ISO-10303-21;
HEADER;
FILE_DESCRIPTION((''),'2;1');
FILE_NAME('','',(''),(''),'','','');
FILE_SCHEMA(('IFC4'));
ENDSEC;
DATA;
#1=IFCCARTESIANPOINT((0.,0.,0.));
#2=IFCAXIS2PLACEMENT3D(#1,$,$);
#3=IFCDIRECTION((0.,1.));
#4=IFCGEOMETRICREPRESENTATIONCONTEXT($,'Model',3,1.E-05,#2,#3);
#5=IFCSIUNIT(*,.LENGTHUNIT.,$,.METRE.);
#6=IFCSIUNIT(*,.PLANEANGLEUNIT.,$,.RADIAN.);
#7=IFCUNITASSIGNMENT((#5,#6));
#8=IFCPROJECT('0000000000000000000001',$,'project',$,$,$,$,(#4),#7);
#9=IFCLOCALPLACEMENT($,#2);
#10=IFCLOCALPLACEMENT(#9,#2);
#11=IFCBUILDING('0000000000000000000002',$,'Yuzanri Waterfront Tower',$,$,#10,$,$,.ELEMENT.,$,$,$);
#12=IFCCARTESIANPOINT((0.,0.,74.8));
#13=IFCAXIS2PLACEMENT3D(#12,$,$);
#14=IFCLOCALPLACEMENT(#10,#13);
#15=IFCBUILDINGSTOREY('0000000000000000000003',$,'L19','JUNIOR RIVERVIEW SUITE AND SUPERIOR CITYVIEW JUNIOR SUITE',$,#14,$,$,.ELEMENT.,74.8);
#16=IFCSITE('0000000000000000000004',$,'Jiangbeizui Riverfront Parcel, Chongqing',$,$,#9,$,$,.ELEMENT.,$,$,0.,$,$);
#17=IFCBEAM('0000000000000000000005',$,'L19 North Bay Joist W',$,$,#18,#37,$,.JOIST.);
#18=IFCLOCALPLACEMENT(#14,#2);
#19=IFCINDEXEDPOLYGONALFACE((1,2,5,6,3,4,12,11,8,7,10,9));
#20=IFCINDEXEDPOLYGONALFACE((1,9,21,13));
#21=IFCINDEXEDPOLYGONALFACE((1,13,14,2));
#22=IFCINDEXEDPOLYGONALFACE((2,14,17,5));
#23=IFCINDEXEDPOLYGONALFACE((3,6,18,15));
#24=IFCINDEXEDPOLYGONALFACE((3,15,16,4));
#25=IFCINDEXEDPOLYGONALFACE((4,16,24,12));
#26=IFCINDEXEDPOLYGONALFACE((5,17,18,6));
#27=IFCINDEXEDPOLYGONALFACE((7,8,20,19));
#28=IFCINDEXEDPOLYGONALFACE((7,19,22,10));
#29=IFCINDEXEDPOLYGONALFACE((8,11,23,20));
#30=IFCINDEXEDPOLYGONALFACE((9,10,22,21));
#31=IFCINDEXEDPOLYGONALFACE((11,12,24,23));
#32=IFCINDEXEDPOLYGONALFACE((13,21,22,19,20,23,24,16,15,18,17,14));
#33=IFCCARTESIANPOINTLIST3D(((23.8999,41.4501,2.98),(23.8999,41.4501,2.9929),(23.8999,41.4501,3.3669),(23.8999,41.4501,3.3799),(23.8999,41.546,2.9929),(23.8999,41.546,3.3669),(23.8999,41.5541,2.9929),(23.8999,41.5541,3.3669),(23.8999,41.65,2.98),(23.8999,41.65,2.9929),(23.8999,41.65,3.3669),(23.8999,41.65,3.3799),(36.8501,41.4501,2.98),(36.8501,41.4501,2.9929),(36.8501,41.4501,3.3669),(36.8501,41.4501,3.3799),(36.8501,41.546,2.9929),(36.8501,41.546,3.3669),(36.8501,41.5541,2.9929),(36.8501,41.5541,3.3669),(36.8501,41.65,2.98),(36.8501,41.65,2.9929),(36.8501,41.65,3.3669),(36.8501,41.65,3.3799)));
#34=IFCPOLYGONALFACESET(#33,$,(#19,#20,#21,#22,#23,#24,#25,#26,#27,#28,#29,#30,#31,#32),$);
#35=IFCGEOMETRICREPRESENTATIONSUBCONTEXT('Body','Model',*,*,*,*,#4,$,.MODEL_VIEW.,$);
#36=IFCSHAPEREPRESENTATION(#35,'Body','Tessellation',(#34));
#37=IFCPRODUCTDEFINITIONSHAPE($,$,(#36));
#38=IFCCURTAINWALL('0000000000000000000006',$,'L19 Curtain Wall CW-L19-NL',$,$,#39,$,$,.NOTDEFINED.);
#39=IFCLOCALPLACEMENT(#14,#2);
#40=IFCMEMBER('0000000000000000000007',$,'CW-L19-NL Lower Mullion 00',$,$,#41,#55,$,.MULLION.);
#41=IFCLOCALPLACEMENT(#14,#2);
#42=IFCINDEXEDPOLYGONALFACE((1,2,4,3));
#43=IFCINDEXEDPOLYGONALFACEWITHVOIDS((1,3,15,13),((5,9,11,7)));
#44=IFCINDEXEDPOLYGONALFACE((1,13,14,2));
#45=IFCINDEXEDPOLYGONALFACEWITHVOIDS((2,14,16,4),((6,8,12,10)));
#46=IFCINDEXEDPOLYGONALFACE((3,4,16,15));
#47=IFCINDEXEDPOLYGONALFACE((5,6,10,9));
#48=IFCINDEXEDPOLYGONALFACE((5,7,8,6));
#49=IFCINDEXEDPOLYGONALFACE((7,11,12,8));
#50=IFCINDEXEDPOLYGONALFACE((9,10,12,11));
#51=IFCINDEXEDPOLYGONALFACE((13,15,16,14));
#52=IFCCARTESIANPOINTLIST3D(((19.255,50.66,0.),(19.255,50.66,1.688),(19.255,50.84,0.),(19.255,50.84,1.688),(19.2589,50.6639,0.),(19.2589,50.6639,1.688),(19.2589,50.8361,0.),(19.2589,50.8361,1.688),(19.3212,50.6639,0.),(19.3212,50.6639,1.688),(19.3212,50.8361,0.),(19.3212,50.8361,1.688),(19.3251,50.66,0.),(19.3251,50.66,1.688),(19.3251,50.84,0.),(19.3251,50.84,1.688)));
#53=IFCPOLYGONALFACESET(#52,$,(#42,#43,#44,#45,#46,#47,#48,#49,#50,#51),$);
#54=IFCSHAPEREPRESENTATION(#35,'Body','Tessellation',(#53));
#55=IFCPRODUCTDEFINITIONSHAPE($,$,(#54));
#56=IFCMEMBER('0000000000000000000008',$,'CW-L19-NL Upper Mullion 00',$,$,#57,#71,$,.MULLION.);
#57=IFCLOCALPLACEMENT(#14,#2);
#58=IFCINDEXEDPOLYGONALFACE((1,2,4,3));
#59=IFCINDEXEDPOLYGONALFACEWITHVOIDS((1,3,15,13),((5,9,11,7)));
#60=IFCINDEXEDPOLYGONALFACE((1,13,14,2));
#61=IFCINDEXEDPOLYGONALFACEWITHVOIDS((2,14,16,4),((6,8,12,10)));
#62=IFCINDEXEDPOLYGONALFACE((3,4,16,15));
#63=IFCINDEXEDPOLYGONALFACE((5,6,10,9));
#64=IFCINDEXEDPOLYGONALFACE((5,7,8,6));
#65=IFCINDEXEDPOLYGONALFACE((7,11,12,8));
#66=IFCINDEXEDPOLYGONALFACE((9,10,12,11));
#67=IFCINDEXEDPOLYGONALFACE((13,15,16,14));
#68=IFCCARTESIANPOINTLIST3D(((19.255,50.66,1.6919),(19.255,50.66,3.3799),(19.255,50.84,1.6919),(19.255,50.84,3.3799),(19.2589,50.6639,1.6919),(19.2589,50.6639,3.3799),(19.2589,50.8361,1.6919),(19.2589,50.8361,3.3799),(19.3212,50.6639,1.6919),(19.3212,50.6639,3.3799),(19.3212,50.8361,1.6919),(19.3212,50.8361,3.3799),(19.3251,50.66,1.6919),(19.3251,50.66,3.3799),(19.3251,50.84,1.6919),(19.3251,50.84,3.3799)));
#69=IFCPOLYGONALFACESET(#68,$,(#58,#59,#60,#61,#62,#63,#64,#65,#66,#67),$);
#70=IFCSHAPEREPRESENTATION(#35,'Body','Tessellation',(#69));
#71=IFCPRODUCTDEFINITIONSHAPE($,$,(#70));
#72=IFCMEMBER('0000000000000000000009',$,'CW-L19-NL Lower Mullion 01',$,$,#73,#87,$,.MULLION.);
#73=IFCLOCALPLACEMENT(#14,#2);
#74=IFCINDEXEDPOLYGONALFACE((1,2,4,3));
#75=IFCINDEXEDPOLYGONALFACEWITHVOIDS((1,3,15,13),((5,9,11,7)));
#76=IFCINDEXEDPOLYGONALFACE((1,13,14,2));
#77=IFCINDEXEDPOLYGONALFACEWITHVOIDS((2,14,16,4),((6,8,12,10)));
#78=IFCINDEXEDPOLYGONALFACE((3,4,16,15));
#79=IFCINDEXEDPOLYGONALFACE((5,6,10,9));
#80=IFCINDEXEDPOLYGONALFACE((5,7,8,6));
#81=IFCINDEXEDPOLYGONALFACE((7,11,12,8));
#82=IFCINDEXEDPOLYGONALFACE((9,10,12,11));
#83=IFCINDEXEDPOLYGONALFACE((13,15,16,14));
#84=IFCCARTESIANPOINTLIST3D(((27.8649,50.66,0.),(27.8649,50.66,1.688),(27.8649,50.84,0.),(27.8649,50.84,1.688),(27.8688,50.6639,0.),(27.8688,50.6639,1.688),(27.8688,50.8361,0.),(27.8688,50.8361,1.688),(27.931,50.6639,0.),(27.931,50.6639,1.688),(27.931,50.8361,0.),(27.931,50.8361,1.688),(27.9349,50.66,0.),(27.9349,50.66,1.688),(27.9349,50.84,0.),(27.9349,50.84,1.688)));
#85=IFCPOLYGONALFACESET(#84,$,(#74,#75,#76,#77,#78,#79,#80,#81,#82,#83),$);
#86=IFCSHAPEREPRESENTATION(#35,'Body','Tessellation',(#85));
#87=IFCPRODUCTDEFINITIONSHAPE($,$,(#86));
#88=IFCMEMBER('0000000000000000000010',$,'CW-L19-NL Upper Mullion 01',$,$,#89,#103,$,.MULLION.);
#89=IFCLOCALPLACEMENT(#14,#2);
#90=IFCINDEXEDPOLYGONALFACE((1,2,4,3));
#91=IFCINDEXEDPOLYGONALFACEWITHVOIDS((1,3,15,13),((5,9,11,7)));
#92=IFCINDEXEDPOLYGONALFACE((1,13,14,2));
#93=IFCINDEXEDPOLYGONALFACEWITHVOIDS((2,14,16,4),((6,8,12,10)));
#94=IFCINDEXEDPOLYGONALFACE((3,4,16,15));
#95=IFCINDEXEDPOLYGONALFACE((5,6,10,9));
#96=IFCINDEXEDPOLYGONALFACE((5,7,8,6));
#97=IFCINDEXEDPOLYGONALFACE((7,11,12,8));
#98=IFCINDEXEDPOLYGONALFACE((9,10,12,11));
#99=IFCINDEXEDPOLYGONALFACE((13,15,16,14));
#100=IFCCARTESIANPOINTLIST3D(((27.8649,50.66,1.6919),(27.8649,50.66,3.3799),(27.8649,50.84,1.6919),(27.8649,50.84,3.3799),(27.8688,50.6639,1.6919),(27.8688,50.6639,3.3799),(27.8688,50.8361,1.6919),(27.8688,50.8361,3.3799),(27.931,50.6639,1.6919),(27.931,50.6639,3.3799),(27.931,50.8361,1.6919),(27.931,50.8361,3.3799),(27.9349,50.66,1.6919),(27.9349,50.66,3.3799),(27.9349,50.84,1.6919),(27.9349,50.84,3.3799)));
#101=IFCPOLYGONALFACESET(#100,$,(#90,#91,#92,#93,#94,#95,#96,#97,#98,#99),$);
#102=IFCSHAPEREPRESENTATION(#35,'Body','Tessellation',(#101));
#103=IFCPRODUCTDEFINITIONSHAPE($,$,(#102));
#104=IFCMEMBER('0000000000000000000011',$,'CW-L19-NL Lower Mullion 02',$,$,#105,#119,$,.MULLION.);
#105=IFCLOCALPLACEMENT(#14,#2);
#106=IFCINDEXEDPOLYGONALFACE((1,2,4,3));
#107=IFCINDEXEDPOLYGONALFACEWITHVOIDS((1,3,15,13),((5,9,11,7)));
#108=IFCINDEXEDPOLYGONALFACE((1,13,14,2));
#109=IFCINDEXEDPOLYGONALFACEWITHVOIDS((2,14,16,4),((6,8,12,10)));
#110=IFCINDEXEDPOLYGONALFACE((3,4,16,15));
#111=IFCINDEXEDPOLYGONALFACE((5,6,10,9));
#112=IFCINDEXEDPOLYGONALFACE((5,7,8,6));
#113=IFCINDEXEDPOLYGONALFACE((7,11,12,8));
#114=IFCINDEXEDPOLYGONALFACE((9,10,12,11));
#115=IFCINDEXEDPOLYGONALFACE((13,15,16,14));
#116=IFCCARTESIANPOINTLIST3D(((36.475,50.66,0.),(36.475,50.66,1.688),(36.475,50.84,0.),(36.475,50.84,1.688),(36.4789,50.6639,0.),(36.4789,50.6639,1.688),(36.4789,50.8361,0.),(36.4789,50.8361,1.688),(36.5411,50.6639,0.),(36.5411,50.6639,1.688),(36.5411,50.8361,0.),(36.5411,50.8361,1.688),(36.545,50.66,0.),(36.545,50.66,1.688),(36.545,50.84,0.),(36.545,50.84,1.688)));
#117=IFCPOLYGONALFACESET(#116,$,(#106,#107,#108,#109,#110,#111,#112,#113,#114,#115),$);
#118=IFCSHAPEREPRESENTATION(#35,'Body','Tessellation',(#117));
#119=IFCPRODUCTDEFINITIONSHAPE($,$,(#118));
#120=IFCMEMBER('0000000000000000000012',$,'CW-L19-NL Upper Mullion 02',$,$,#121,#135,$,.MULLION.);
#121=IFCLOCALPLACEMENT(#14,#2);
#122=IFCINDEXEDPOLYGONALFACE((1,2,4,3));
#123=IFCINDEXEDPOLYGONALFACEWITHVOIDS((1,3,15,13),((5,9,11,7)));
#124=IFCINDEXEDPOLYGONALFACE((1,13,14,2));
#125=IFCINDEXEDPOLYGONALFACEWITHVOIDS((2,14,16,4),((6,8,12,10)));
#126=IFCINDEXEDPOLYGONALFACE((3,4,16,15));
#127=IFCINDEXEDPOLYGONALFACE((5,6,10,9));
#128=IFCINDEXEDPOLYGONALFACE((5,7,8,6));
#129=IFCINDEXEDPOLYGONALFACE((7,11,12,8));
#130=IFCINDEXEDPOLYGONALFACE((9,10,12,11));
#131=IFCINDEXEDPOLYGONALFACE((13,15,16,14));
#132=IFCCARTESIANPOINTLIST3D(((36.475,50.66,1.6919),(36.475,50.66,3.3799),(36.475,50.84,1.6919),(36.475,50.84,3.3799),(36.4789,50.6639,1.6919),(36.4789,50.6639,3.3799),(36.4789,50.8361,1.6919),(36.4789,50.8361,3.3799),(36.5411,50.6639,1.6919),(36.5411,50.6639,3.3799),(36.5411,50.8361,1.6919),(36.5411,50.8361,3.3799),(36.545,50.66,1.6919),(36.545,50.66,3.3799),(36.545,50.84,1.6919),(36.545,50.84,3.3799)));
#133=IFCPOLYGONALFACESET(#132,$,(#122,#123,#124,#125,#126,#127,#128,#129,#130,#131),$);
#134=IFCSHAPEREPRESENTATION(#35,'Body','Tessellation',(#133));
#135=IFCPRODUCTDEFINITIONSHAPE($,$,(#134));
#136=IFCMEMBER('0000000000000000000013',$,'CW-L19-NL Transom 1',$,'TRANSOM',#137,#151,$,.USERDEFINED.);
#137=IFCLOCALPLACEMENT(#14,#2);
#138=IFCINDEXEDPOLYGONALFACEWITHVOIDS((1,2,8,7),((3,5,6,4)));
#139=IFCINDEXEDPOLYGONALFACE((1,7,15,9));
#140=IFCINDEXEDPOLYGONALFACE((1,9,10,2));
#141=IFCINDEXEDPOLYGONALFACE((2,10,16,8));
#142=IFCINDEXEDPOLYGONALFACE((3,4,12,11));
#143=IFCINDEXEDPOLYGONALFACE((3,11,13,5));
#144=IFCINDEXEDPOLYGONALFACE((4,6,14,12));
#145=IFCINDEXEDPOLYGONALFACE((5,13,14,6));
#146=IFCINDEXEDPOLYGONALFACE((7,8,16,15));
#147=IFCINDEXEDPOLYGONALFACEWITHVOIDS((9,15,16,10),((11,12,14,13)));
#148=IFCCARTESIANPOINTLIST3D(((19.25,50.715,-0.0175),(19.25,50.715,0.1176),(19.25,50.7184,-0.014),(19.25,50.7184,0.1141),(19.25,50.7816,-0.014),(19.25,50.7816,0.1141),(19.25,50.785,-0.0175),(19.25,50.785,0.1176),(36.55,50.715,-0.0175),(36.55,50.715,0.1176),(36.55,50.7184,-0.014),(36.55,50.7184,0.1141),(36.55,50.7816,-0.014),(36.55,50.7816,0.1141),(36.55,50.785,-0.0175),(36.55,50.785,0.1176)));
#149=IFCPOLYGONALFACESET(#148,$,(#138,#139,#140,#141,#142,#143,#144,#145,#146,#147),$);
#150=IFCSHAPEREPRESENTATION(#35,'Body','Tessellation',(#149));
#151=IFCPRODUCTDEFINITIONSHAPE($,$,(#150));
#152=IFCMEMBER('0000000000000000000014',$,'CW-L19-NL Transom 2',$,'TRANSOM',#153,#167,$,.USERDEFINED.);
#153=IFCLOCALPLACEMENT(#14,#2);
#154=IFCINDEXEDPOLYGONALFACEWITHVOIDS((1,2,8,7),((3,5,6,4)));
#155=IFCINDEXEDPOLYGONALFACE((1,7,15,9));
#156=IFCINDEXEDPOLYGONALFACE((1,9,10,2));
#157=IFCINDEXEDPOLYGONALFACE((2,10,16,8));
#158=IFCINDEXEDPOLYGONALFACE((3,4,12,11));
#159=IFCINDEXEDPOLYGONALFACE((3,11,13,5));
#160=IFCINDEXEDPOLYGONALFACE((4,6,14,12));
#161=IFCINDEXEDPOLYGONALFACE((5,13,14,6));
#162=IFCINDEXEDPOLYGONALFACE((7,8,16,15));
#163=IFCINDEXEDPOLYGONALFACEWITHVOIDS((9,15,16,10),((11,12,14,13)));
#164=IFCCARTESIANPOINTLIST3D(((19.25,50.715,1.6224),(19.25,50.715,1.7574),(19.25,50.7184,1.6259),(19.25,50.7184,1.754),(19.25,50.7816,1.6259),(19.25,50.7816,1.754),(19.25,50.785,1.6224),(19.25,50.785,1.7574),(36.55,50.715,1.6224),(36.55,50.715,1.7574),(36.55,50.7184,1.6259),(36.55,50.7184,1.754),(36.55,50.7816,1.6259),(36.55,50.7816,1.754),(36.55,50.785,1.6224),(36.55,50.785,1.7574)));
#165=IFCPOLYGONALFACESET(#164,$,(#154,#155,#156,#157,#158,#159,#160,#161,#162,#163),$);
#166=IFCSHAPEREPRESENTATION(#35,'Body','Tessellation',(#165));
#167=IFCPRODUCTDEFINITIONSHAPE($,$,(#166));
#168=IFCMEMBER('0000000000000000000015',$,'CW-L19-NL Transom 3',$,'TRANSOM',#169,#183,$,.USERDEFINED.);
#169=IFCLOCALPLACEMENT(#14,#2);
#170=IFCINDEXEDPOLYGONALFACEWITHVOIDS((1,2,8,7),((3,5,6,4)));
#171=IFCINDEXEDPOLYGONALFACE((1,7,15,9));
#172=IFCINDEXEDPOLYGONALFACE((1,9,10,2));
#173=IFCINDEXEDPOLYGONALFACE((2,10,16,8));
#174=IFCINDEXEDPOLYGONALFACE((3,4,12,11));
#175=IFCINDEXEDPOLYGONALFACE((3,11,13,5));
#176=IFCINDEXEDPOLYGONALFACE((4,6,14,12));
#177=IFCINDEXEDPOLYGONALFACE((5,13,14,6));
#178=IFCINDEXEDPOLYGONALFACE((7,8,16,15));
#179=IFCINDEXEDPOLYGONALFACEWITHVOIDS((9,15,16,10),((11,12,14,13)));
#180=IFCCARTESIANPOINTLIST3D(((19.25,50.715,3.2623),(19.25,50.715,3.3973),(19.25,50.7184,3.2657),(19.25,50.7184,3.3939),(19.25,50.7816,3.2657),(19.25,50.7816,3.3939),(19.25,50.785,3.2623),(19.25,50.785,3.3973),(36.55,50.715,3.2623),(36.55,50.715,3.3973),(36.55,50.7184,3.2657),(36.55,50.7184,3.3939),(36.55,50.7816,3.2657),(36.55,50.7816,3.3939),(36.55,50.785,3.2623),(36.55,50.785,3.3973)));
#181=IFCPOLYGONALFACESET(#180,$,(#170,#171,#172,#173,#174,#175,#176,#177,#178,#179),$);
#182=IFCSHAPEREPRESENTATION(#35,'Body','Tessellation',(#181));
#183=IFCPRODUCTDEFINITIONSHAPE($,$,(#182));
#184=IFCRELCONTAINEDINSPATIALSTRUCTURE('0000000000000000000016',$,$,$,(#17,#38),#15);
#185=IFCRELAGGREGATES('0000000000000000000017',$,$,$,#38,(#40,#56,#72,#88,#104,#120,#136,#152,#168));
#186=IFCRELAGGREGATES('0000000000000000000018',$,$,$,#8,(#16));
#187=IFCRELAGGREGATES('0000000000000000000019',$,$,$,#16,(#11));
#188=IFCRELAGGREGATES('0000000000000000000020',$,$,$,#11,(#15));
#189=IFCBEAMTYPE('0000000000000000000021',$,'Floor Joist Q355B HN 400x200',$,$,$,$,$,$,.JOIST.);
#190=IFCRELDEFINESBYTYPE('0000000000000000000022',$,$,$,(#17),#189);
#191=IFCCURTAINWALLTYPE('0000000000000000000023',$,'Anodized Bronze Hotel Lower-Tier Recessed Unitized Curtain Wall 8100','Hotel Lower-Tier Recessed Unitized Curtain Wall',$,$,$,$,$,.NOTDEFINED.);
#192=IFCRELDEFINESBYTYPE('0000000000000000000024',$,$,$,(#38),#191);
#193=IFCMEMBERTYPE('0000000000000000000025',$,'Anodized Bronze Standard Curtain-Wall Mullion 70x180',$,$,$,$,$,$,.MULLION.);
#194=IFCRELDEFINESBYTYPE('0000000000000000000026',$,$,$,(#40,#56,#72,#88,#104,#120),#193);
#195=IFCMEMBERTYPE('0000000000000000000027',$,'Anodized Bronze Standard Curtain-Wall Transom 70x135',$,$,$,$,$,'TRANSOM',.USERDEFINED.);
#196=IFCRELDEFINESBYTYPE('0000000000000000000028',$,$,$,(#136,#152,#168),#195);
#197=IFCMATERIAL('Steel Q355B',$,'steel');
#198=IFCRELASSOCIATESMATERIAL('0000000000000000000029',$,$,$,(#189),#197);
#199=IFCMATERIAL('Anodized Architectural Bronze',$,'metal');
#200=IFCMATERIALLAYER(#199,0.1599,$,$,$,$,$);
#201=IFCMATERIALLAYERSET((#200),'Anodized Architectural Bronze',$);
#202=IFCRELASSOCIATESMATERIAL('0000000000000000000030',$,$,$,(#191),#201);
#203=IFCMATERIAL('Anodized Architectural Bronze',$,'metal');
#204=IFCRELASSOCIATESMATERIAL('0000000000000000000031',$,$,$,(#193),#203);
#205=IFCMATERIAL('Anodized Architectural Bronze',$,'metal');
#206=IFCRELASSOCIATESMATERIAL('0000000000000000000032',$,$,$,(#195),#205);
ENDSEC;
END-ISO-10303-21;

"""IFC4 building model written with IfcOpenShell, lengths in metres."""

from ifc_helpers import new_model, si_unit, direction, frame, origin, origin_2d, place, context, subcontext, project, spatial, hollow_rectangle, i_section, extrude, source, transform, mapped, material, layer, layer_set, material_profile, profile_set, type_object, element, aggregate, save


model = new_model("IFC4")

# Units and contexts
model_context = context("Model", 3, precision=1e-05, world=origin(), true_north=direction((0.0, 1.0)))
body_context = subcontext(model_context, "Body", "Model", "MODEL_VIEW")
ifc_project = project(units=[si_unit("LENGTHUNIT", "METRE"), si_unit("PLANEANGLEUNIT", "RADIAN")], contexts=[model_context])

# Site, building, storey
site_placement = place(None, origin())
site = spatial("IfcSite", under=ifc_project, at=site_placement, Name="Jiangbeizui Riverfront Parcel, Chongqing", CompositionType="ELEMENT", RefElevation=0.0)
building_placement = place(site_placement, origin())
building = spatial("IfcBuilding", under=site, at=building_placement, Name="Yuzanri Waterfront Tower", CompositionType="ELEMENT")
storey_placement = place(building_placement, frame((0.0, 0.0, 74.8)))
storey = spatial("IfcBuildingStorey", under=building, at=storey_placement, Name="L19", Description="JUNIOR RIVERVIEW SUITE AND SUPERIOR CITYVIEW JUNIOR SUITE", CompositionType="ELEMENT", Elevation=74.8)

# Beam
ifc_material_1 = material(Name="Steel Q355B", Category="steel")
ifc_material_profile_1 = material_profile(ifc_material_1, i_section(OverallWidth=0.2, OverallDepth=0.3999, WebThickness=0.0081, FlangeThickness=0.0129, at=origin_2d()), Name="HN 400x200x8x13")
ifc_profile_set_1 = profile_set([ifc_material_profile_1], Name="Steel Q355B")
beam_type = type_object("IfcBeamType", Name="Floor Joist Q355B HN 400x200", PredefinedType="JOIST", material=ifc_profile_set_1)
shared_shape_1 = source(origin(), body_context, "Body", "SweptSolid", [
    extrude(i_section(OverallWidth=0.2, OverallDepth=0.3999, WebThickness=0.0081, FlangeThickness=0.0129, at=origin_2d()), origin(), (0.0, 0.0, 1.0), 12.9502),
])
beam_placement = place(storey_placement, frame((23.8999, 41.55, 3.1799), z_axis=(1.0, 0.0, 0.0), x_axis=(0.0, 1.0, 0.0)))
element("IfcBeam", 1, at=beam_placement, inside=storey, type_object=beam_type, Name="L19 North Bay Joist W", PredefinedType="JOIST", context=body_context, shape_type="MappedRepresentation", body=[
    mapped(shared_shape_1, transform((0.0, 0.0, 0.0), scale=1.0)),
])

# Curtain wall, members
ifc_material_2 = material(Name="Anodized Architectural Bronze", Category="metal")
ifc_layer_1 = layer(ifc_material_2, 0.1599)
ifc_layer_set_1 = layer_set([ifc_layer_1], Name="Anodized Architectural Bronze")
curtain_wall_type = type_object("IfcCurtainWallType", Name="Anodized Bronze Hotel Lower-Tier Recessed Unitized Curtain Wall 8100", Description="Hotel Lower-Tier Recessed Unitized Curtain Wall", PredefinedType="NOTDEFINED", material=ifc_layer_set_1)
curtain_wall_placement = place(storey_placement, origin())
curtain_wall = element("IfcCurtainWall", 2, at=curtain_wall_placement, inside=storey, type_object=curtain_wall_type, Name="L19 Curtain Wall CW-L19-NL", PredefinedType="NOTDEFINED")
ifc_material_3 = material(Name="Anodized Architectural Bronze", Category="metal")
ifc_material_profile_2 = material_profile(ifc_material_3, hollow_rectangle(XDim=0.0701, YDim=0.1799, WallThickness=0.0039, at=origin_2d()), Name="CWM 70x180")
ifc_profile_set_2 = profile_set([ifc_material_profile_2], Name="Anodized Architectural Bronze")
member_type_1 = type_object("IfcMemberType", Name="Anodized Bronze Standard Curtain-Wall Mullion 70x180", PredefinedType="MULLION", material=ifc_profile_set_2)
shared_shape_2 = source(origin(), body_context, "Body", "SweptSolid", [
    extrude(hollow_rectangle(XDim=0.0701, YDim=0.1799, WallThickness=0.0039, at=origin_2d()), origin(), (0.0, 0.0, 1.0), 1.688),
])
member_1_placement = place(storey_placement, frame((19.29, 50.75, 0.0), z_axis=(0.0, 0.0, 1.0), x_axis=(1.0, 0.0, 0.0)))
member_1 = element("IfcMember", 3, at=member_1_placement, type_object=member_type_1, Name="CW-L19-NL Lower Mullion 00", PredefinedType="MULLION", context=body_context, shape_type="MappedRepresentation", body=[
    mapped(shared_shape_2, transform((0.0, 0.0, 0.0), scale=1.0)),
])
member_2_placement = place(storey_placement, frame((19.29, 50.75, 1.6919), z_axis=(0.0, 0.0, 1.0), x_axis=(1.0, 0.0, 0.0)))
member_2 = element("IfcMember", 4, at=member_2_placement, type_object=member_type_1, Name="CW-L19-NL Upper Mullion 00", PredefinedType="MULLION", context=body_context, shape_type="MappedRepresentation", body=[
    mapped(shared_shape_2, transform((0.0, 0.0, 0.0), scale=1.0)),
])
member_3_placement = place(storey_placement, frame((27.8999, 50.75, 0.0), z_axis=(0.0, 0.0, 1.0), x_axis=(1.0, 0.0, 0.0)))
member_3 = element("IfcMember", 5, at=member_3_placement, type_object=member_type_1, Name="CW-L19-NL Lower Mullion 01", PredefinedType="MULLION", context=body_context, shape_type="MappedRepresentation", body=[
    mapped(shared_shape_2, transform((0.0, 0.0, 0.0), scale=1.0)),
])
member_4_placement = place(storey_placement, frame((27.8999, 50.75, 1.6919), z_axis=(0.0, 0.0, 1.0), x_axis=(1.0, 0.0, 0.0)))
member_4 = element("IfcMember", 6, at=member_4_placement, type_object=member_type_1, Name="CW-L19-NL Upper Mullion 01", PredefinedType="MULLION", context=body_context, shape_type="MappedRepresentation", body=[
    mapped(shared_shape_2, transform((0.0, 0.0, 0.0), scale=1.0)),
])
member_5_placement = place(storey_placement, frame((36.51, 50.75, 0.0), z_axis=(0.0, 0.0, 1.0), x_axis=(1.0, 0.0, 0.0)))
member_5 = element("IfcMember", 7, at=member_5_placement, type_object=member_type_1, Name="CW-L19-NL Lower Mullion 02", PredefinedType="MULLION", context=body_context, shape_type="MappedRepresentation", body=[
    mapped(shared_shape_2, transform((0.0, 0.0, 0.0), scale=1.0)),
])
member_6_placement = place(storey_placement, frame((36.51, 50.75, 1.6919), z_axis=(0.0, 0.0, 1.0), x_axis=(1.0, 0.0, 0.0)))
member_6 = element("IfcMember", 8, at=member_6_placement, type_object=member_type_1, Name="CW-L19-NL Upper Mullion 02", PredefinedType="MULLION", context=body_context, shape_type="MappedRepresentation", body=[
    mapped(shared_shape_2, transform((0.0, 0.0, 0.0), scale=1.0)),
])
ifc_material_4 = material(Name="Anodized Architectural Bronze", Category="metal")
ifc_material_profile_3 = material_profile(ifc_material_4, hollow_rectangle(XDim=0.0701, YDim=0.135, WallThickness=0.0034, at=origin_2d()), Name="CWT 70x135")
ifc_profile_set_3 = profile_set([ifc_material_profile_3], Name="Anodized Architectural Bronze")
member_type_2 = type_object("IfcMemberType", Name="Anodized Bronze Standard Curtain-Wall Transom 70x135", ElementType="TRANSOM", PredefinedType="USERDEFINED", material=ifc_profile_set_3)
shared_shape_3 = source(origin(), body_context, "Body", "SweptSolid", [
    extrude(hollow_rectangle(XDim=0.0701, YDim=0.135, WallThickness=0.0034, at=origin_2d()), origin(), (0.0, 0.0, 1.0), 17.3),
])
member_7_placement = place(storey_placement, frame((19.25, 50.75, 0.05), z_axis=(1.0, 0.0, 0.0), x_axis=(0.0, 1.0, 0.0)))
member_7 = element("IfcMember", 9, at=member_7_placement, type_object=member_type_2, Name="CW-L19-NL Transom 1", ObjectType="TRANSOM", PredefinedType="USERDEFINED", context=body_context, shape_type="MappedRepresentation", body=[
    mapped(shared_shape_3, transform((0.0, 0.0, 0.0), scale=1.0)),
])
member_8_placement = place(storey_placement, frame((19.25, 50.75, 1.6899), z_axis=(1.0, 0.0, 0.0), x_axis=(0.0, 1.0, 0.0)))
member_8 = element("IfcMember", 10, at=member_8_placement, type_object=member_type_2, Name="CW-L19-NL Transom 2", ObjectType="TRANSOM", PredefinedType="USERDEFINED", context=body_context, shape_type="MappedRepresentation", body=[
    mapped(shared_shape_3, transform((0.0, 0.0, 0.0), scale=1.0)),
])
member_9_placement = place(storey_placement, frame((19.25, 50.75, 3.3298), z_axis=(1.0, 0.0, 0.0), x_axis=(0.0, 1.0, 0.0)))
member_9 = element("IfcMember", 11, at=member_9_placement, type_object=member_type_2, Name="CW-L19-NL Transom 3", ObjectType="TRANSOM", PredefinedType="USERDEFINED", context=body_context, shape_type="MappedRepresentation", body=[
    mapped(shared_shape_3, transform((0.0, 0.0, 0.0), scale=1.0)),
])
aggregate(curtain_wall, [member_1, member_2, member_3, member_4, member_5, member_6, member_7, member_8, member_9])

save(model, "model.ifc")
